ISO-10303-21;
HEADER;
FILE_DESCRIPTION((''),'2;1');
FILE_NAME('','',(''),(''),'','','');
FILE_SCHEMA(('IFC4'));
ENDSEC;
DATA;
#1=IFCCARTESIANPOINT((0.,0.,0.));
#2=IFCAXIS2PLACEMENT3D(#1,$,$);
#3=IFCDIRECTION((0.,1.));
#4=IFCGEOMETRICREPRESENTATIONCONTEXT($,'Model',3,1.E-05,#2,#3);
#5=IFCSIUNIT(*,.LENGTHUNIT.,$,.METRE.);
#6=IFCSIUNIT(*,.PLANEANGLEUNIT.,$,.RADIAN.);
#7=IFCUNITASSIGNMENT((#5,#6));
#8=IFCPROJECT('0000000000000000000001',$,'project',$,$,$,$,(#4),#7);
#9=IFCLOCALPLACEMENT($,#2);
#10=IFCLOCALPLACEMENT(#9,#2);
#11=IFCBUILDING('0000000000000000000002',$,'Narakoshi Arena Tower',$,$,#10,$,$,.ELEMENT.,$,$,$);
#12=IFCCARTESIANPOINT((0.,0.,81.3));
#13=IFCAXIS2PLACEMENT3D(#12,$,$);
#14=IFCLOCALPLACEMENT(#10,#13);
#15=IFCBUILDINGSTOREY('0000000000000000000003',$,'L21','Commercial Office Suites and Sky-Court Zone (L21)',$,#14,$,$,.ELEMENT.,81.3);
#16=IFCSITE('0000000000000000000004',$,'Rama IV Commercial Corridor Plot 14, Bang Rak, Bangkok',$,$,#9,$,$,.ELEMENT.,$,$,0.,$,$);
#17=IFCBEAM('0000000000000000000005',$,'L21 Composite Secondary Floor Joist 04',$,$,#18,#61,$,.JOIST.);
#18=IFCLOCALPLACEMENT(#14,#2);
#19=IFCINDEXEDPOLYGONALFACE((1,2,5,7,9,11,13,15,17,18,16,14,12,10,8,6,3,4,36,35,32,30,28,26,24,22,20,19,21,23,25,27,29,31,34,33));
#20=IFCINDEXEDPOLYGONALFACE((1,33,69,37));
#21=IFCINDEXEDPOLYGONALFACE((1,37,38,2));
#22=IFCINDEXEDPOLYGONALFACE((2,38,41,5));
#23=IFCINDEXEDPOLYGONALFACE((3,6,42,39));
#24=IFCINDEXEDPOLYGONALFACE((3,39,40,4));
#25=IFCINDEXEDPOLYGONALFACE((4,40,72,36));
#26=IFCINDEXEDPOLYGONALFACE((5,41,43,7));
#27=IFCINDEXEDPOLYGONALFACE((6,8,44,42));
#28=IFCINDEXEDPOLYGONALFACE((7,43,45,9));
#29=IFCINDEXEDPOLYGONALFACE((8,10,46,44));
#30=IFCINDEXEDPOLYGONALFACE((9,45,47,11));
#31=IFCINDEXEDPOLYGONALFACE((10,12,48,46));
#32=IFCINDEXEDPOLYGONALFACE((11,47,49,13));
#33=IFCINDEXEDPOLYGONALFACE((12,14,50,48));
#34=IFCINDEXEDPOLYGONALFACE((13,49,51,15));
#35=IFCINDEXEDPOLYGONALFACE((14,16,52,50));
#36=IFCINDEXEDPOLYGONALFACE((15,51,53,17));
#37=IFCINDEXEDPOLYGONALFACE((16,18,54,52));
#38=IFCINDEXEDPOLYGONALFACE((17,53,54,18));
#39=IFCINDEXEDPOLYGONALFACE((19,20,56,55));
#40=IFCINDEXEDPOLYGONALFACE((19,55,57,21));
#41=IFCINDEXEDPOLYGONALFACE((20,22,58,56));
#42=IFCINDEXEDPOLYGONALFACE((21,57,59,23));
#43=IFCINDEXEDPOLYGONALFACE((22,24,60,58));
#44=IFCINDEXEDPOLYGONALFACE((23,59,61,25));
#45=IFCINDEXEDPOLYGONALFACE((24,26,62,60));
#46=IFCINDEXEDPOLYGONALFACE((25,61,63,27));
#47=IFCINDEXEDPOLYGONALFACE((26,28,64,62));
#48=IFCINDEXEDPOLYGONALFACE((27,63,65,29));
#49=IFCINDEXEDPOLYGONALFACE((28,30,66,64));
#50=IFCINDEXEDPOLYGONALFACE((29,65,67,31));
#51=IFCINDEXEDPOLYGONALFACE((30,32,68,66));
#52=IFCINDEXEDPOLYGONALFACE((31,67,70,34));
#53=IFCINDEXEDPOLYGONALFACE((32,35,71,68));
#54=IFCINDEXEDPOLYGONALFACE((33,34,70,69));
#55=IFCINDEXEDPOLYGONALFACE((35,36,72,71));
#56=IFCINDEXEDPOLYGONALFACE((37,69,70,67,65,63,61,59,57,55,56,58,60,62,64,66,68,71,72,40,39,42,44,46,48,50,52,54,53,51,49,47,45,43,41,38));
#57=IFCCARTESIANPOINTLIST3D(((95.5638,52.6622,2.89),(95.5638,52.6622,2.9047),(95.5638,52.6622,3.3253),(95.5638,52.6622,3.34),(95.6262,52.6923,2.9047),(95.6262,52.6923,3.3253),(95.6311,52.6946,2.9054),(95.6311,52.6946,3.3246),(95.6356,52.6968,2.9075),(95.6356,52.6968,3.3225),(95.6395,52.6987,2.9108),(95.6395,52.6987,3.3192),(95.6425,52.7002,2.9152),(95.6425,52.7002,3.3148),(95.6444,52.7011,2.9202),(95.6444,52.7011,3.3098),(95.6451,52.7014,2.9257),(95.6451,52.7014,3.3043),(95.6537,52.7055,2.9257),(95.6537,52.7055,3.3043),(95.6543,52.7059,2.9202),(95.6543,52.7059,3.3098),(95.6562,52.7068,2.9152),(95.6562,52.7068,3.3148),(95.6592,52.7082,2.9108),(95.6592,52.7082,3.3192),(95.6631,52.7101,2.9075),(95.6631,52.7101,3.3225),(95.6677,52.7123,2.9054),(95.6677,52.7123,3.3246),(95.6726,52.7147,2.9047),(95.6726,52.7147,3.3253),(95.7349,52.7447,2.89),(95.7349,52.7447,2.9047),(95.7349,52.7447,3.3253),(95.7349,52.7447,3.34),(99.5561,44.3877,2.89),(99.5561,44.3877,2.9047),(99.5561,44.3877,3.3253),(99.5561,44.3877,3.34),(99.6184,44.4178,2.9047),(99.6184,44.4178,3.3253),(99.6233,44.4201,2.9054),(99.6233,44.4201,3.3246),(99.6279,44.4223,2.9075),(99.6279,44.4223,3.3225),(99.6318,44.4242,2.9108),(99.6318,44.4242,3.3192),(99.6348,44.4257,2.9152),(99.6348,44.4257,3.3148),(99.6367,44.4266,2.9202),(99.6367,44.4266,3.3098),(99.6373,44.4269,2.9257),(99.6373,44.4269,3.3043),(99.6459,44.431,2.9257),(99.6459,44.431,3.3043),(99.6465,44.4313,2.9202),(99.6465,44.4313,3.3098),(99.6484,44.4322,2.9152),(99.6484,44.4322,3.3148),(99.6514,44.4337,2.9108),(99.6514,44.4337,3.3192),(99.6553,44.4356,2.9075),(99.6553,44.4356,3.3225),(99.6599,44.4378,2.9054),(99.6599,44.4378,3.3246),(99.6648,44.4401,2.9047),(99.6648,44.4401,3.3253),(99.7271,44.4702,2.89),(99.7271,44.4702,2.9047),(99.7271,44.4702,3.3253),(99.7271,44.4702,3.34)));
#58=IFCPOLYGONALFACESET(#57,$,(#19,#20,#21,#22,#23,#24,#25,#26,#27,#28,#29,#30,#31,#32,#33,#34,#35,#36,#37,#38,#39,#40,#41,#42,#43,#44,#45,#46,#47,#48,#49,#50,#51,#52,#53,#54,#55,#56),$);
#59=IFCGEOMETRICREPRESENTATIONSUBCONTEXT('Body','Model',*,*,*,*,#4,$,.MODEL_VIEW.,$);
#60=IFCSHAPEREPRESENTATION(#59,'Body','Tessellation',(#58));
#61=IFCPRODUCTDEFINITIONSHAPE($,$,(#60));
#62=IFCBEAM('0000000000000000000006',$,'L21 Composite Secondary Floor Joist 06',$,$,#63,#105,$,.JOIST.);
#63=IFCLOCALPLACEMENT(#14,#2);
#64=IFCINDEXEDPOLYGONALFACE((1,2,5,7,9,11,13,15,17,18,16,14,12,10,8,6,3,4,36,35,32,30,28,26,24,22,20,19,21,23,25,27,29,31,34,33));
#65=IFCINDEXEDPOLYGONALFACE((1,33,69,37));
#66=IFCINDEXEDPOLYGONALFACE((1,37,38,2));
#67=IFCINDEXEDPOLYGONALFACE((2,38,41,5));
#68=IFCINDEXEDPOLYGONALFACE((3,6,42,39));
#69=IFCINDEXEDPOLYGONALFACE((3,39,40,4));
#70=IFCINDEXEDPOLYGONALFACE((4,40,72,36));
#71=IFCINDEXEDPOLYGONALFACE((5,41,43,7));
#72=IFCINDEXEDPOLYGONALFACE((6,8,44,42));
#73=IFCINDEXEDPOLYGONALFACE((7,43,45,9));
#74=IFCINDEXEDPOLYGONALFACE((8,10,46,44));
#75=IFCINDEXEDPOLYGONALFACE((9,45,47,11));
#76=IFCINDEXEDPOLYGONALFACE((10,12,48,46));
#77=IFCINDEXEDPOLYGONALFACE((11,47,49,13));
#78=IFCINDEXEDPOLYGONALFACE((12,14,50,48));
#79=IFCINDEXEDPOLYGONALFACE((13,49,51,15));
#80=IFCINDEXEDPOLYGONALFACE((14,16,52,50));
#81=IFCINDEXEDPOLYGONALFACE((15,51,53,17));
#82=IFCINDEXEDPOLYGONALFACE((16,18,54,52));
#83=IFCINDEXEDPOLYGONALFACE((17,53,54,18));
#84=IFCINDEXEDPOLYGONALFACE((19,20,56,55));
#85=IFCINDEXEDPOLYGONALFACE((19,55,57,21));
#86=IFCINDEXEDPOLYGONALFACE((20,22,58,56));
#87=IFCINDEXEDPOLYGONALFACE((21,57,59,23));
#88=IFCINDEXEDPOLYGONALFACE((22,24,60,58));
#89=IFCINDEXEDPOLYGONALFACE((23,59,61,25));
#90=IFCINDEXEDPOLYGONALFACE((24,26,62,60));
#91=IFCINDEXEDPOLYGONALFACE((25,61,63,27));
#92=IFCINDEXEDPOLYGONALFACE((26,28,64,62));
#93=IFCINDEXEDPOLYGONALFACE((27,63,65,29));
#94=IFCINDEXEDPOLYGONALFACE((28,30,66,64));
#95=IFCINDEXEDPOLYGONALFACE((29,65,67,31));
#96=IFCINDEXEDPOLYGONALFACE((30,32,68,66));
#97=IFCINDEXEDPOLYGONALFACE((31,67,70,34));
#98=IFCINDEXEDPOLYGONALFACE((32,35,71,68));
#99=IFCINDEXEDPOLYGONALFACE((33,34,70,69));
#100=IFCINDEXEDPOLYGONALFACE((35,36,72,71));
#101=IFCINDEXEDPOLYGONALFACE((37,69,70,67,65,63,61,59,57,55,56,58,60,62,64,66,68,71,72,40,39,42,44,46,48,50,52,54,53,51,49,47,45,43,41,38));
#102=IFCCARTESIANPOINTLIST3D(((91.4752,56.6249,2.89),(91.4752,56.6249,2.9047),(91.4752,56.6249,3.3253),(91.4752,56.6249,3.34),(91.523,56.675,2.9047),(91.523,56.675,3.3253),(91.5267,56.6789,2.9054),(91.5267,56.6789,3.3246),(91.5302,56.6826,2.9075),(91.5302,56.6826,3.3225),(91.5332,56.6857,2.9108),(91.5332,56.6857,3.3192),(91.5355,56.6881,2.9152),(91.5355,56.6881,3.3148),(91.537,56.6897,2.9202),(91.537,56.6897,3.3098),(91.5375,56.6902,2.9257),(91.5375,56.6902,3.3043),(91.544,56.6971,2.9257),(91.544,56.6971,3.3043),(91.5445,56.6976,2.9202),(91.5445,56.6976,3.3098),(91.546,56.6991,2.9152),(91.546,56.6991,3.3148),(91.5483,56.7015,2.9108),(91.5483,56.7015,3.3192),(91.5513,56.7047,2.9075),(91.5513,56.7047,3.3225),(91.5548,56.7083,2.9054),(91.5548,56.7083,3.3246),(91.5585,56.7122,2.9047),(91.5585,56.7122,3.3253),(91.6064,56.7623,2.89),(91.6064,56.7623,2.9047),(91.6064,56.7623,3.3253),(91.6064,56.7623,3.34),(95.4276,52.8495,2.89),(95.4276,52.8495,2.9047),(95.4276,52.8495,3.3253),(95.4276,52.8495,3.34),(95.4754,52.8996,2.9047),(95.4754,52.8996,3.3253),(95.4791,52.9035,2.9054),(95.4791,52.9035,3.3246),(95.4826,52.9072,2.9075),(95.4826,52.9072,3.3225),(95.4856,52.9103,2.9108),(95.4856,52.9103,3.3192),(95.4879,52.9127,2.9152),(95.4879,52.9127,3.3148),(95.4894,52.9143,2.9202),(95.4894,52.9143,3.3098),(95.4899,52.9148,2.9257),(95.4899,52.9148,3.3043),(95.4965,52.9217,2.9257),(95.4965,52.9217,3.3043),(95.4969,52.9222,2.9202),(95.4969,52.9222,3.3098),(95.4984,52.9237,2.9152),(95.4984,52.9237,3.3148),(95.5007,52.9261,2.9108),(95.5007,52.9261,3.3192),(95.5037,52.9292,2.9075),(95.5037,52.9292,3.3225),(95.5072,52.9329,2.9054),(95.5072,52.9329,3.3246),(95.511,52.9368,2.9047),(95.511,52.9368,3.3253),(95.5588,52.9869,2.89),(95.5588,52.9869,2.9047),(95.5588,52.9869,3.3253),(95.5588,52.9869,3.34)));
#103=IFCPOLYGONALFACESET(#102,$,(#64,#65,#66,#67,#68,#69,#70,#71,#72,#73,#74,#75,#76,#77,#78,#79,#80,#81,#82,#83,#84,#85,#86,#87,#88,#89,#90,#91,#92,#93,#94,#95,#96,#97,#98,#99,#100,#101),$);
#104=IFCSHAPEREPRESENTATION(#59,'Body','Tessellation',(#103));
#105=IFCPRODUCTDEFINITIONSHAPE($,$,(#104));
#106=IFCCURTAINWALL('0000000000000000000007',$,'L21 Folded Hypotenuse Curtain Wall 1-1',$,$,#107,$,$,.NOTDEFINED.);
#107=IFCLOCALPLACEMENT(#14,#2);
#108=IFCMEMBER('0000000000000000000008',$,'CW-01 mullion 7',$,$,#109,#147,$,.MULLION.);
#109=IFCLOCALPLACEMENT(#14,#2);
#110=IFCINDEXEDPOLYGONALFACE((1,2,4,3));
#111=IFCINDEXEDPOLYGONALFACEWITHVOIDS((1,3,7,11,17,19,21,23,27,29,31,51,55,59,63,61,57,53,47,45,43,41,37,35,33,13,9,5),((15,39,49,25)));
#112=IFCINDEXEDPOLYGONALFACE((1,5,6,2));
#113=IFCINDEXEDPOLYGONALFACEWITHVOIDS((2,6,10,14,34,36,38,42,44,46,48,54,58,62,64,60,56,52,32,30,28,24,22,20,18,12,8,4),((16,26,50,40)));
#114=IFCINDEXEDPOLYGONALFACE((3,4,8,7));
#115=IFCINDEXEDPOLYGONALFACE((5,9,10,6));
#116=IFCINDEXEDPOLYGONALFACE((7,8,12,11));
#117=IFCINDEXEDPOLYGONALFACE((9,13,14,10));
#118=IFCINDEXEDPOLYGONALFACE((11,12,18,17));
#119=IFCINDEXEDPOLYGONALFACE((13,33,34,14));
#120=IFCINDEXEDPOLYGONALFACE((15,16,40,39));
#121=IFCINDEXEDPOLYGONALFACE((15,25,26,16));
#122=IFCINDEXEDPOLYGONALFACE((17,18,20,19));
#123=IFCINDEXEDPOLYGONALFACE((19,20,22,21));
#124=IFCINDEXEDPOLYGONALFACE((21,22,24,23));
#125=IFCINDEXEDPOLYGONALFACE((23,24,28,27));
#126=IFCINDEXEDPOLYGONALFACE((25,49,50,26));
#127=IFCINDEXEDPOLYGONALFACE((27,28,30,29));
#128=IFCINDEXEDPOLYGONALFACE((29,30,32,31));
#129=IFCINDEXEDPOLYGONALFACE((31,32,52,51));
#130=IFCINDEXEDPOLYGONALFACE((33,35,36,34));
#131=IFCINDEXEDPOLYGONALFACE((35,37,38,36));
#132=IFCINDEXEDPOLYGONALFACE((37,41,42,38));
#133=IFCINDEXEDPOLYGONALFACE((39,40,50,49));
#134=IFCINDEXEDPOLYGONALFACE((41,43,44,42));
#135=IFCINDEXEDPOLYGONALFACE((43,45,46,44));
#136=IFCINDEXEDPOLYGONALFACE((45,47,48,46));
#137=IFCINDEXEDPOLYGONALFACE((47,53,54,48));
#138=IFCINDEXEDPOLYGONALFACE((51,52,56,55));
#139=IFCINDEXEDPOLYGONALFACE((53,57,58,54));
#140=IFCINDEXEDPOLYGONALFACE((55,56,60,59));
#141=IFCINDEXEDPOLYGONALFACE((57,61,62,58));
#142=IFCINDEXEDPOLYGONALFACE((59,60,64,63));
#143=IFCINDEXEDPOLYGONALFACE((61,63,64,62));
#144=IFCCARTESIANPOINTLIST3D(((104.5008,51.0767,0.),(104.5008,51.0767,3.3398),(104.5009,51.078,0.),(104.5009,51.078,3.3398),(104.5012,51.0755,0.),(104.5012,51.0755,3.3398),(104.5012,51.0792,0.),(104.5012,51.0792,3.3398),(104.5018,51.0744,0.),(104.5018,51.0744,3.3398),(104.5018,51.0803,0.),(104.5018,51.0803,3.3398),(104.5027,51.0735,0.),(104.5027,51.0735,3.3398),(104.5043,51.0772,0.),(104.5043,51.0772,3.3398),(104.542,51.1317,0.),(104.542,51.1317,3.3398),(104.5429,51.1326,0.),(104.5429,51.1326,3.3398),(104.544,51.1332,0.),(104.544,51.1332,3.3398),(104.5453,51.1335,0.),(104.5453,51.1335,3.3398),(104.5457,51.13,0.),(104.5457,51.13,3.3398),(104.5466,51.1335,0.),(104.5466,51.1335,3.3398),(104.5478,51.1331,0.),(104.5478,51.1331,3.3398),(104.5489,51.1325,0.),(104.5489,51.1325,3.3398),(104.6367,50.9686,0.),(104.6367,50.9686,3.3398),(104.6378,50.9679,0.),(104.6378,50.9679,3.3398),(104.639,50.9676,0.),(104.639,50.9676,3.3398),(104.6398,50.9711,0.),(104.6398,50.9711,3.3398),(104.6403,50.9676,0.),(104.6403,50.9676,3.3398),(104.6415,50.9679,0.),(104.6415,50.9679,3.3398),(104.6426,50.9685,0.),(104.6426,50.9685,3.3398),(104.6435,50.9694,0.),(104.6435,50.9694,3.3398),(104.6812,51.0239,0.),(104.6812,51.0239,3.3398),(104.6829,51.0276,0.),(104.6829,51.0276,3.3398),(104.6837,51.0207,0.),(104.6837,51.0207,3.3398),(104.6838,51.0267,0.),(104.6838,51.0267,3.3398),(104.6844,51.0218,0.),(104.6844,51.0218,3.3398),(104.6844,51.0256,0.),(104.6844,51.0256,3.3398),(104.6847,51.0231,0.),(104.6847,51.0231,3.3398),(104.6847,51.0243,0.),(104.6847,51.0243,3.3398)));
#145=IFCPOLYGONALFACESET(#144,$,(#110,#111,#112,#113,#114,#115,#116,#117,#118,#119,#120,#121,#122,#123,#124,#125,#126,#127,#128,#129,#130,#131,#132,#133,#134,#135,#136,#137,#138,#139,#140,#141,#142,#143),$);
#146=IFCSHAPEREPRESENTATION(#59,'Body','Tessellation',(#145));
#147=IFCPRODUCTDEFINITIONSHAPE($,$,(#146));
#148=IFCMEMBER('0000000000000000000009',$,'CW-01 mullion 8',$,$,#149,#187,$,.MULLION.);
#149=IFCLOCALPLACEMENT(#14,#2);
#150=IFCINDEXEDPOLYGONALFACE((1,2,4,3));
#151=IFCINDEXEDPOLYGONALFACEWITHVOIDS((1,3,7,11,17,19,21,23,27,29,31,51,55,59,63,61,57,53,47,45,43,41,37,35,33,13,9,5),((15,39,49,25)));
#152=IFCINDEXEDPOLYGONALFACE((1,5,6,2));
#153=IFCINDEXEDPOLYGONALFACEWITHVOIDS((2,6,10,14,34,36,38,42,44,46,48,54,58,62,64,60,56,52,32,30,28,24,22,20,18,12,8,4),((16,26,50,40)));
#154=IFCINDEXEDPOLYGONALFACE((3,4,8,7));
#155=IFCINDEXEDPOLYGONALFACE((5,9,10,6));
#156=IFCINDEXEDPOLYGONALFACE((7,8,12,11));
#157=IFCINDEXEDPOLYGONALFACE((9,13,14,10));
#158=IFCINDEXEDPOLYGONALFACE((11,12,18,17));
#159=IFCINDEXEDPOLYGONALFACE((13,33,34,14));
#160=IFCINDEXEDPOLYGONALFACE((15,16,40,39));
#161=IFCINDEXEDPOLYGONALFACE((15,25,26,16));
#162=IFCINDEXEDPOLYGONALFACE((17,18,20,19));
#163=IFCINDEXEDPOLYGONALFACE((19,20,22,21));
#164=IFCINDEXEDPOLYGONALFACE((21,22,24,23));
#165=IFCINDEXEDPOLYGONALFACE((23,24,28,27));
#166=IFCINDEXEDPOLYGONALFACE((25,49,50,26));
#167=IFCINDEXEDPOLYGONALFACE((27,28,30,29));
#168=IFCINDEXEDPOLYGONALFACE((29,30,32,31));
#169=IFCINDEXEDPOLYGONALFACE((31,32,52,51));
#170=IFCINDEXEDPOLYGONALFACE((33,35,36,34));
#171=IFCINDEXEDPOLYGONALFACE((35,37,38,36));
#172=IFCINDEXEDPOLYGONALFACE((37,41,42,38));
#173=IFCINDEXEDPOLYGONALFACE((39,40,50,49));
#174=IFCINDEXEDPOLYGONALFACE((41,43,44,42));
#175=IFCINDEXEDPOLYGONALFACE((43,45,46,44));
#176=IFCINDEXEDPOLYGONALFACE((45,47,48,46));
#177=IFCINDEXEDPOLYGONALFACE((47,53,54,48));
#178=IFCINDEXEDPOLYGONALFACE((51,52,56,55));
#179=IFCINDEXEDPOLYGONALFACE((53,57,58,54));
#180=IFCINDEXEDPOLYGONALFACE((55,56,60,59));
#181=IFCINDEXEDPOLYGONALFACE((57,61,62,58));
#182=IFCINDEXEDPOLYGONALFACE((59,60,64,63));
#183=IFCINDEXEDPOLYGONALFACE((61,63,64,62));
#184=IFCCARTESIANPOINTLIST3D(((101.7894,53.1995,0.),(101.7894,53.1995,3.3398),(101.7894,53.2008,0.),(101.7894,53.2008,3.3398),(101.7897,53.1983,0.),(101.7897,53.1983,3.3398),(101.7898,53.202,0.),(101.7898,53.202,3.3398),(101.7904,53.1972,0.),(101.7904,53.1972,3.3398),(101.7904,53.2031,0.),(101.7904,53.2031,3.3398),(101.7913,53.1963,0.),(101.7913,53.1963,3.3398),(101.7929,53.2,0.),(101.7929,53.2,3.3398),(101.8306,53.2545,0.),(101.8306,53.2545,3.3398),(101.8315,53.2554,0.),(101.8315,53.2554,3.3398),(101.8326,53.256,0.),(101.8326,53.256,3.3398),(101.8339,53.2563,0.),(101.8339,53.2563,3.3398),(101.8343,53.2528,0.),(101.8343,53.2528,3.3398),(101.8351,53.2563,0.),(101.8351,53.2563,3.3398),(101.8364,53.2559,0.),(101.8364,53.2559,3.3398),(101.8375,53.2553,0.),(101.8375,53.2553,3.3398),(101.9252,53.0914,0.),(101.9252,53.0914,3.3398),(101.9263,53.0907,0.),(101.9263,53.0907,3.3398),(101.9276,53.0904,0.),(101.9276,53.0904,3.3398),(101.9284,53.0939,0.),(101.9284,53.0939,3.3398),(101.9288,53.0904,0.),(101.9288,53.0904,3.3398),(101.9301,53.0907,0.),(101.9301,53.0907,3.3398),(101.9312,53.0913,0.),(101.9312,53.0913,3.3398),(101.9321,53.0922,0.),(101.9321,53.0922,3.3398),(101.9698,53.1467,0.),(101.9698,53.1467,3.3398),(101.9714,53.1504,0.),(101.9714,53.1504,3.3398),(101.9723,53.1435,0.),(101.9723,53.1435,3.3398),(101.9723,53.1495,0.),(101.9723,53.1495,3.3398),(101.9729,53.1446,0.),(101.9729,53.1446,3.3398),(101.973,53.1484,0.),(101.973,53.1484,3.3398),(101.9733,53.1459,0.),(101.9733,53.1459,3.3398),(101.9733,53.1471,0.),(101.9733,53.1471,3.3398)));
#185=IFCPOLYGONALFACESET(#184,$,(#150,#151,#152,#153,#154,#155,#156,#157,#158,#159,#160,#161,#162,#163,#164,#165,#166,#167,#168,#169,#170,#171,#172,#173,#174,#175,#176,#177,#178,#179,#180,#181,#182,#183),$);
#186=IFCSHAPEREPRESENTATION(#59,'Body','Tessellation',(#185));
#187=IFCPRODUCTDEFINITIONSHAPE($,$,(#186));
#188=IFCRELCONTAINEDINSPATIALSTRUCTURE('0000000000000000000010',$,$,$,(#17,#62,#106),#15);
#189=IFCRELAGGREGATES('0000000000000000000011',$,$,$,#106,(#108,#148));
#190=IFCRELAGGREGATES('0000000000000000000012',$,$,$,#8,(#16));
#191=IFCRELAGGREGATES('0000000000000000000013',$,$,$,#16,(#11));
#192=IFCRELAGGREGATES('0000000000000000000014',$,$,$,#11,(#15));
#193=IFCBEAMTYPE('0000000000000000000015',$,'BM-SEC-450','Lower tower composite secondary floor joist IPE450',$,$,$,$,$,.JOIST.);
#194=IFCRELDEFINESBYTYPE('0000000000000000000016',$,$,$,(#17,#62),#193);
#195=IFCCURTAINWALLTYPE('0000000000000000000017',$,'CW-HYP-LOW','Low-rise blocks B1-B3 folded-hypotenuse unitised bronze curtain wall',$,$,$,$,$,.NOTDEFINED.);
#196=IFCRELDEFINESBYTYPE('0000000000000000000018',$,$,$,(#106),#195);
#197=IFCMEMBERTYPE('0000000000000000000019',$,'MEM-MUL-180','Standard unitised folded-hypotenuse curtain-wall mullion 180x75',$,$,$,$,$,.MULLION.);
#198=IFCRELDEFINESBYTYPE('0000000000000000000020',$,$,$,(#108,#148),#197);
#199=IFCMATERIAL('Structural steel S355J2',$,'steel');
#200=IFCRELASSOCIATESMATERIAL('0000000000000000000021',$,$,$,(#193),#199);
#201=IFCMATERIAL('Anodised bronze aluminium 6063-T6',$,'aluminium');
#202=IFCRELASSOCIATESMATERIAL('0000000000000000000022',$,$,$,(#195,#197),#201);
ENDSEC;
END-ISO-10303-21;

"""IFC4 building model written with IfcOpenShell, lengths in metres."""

from ifc_helpers import new_model, si_unit, direction, frame, origin, origin_2d, place, context, subcontext, project, spatial, hollow_rectangle, i_section, extrude, material, material_profile, profile_set, type_object, element, aggregate, save


model = new_model("IFC4")

# Units and contexts
model_context = context("Model", 3, precision=1e-05, world=origin(), true_north=direction((0.0, 1.0)))
body_context = subcontext(model_context, "Body", "Model", "MODEL_VIEW")
ifc_project = project(units=[si_unit("LENGTHUNIT", "METRE"), si_unit("PLANEANGLEUNIT", "RADIAN")], contexts=[model_context])

# Site, building, storey
site_placement = place(None, origin())
site = spatial("IfcSite", under=ifc_project, at=site_placement, Name="Rama IV Commercial Corridor Plot 14, Bang Rak, Bangkok", CompositionType="ELEMENT", RefElevation=0.0)
building_placement = place(site_placement, origin())
building = spatial("IfcBuilding", under=site, at=building_placement, Name="Narakoshi Arena Tower", CompositionType="ELEMENT")
storey_placement = place(building_placement, frame((0.0, 0.0, 81.3)))
storey = spatial("IfcBuildingStorey", under=building, at=storey_placement, Name="L21", Description="Commercial Office Suites and Sky-Court Zone (L21)", CompositionType="ELEMENT", Elevation=81.3)

# Beams
ifc_material_1 = material(Name="Structural steel S355J2", Category="steel")
ifc_material_profile_1 = material_profile(ifc_material_1, i_section(OverallWidth=0.1899, OverallDepth=0.45, WebThickness=0.0095, FlangeThickness=0.0146, FilletRadius=0.021, at=origin_2d()), Name="IPE450")
ifc_profile_set_1 = profile_set([ifc_material_profile_1], Name="Structural steel S355J2")
beam_type_1 = type_object("IfcBeamType", Name="BM-SEC-450", Description="Lower tower composite secondary floor joist IPE450", PredefinedType="JOIST", material=ifc_profile_set_1)
beam_1_placement = place(storey_placement, frame((99.6416, 44.429, 3.115), z_axis=(-0.434541, 0.900652, 0.0), x_axis=(-0.900652, -0.434541, 0.0)))
element("IfcBeam", 1, at=beam_1_placement, inside=storey, type_object=beam_type_1, Name="L21 Composite Secondary Floor Joist 04", PredefinedType="JOIST", context=body_context, shape_type="SweptSolid", body=[
    extrude(i_section(OverallWidth=0.1899, OverallDepth=0.45, WebThickness=0.0095, FlangeThickness=0.0146, FilletRadius=0.021, at=origin_2d()), origin(), (0.0, 0.0, 1.0), 9.1873),
])
beam_2_placement = place(storey_placement, frame((95.4932, 52.9182, 3.115), z_axis=(-0.723113, 0.69073, 0.0), x_axis=(-0.69073, -0.723113, 0.0)))
element("IfcBeam", 2, at=beam_2_placement, inside=storey, type_object=beam_type_1, Name="L21 Composite Secondary Floor Joist 06", PredefinedType="JOIST", context=body_context, shape_type="SweptSolid", body=[
    extrude(i_section(OverallWidth=0.1899, OverallDepth=0.45, WebThickness=0.0095, FlangeThickness=0.0146, FilletRadius=0.021, at=origin_2d()), origin(), (0.0, 0.0, 1.0), 5.4658),
])

# Curtain wall, members
ifc_material_2 = material(Name="Anodised bronze aluminium 6063-T6", Category="aluminium")
curtain_wall_type = type_object("IfcCurtainWallType", Name="CW-HYP-LOW", Description="Low-rise blocks B1-B3 folded-hypotenuse unitised bronze curtain wall", PredefinedType="NOTDEFINED", material=ifc_material_2)
curtain_wall_placement = place(storey_placement, origin())
curtain_wall = element("IfcCurtainWall", 3, at=curtain_wall_placement, inside=storey, type_object=curtain_wall_type, Name="L21 Folded Hypotenuse Curtain Wall 1-1", PredefinedType="NOTDEFINED")
ifc_material_profile_2 = material_profile(ifc_material_2, hollow_rectangle(XDim=0.075, YDim=0.1799, WallThickness=0.0039, OuterFilletRadius=0.0049, at=origin_2d()), Name="MUL180x75x4")
ifc_profile_set_2 = profile_set([ifc_material_profile_2], Name="Anodised bronze aluminium 6063-T6")
member_type_1 = type_object("IfcMemberType", Name="MEM-MUL-180", Description="Standard unitised folded-hypotenuse curtain-wall mullion 180x75", PredefinedType="MULLION", material=ifc_profile_set_2)
member_1_placement = place(storey_placement, frame((104.5928, 51.0505, 0.0), z_axis=(0.0, 0.0, 1.0), x_axis=(-0.616458, -0.787388, 0.0)))
member_1 = element("IfcMember", 4, at=member_1_placement, type_object=member_type_1, Name="CW-01 mullion 7", PredefinedType="MULLION", context=body_context, shape_type="SweptSolid", body=[
    extrude(hollow_rectangle(XDim=0.075, YDim=0.1799, WallThickness=0.0039, OuterFilletRadius=0.0049, at=origin_2d()), origin(), (0.0, 0.0, 1.0), 3.3398),
])
member_2_placement = place(storey_placement, frame((101.8813, 53.1733, 0.0), z_axis=(0.0, 0.0, 1.0), x_axis=(-0.616458, -0.787388, 0.0)))
member_2 = element("IfcMember", 5, at=member_2_placement, type_object=member_type_1, Name="CW-01 mullion 8", PredefinedType="MULLION", context=body_context, shape_type="SweptSolid", body=[
    extrude(hollow_rectangle(XDim=0.075, YDim=0.1799, WallThickness=0.0039, OuterFilletRadius=0.0049, at=origin_2d()), origin(), (0.0, 0.0, 1.0), 3.3398),
])
aggregate(curtain_wall, [member_1, member_2])

save(model, "model.ifc")
